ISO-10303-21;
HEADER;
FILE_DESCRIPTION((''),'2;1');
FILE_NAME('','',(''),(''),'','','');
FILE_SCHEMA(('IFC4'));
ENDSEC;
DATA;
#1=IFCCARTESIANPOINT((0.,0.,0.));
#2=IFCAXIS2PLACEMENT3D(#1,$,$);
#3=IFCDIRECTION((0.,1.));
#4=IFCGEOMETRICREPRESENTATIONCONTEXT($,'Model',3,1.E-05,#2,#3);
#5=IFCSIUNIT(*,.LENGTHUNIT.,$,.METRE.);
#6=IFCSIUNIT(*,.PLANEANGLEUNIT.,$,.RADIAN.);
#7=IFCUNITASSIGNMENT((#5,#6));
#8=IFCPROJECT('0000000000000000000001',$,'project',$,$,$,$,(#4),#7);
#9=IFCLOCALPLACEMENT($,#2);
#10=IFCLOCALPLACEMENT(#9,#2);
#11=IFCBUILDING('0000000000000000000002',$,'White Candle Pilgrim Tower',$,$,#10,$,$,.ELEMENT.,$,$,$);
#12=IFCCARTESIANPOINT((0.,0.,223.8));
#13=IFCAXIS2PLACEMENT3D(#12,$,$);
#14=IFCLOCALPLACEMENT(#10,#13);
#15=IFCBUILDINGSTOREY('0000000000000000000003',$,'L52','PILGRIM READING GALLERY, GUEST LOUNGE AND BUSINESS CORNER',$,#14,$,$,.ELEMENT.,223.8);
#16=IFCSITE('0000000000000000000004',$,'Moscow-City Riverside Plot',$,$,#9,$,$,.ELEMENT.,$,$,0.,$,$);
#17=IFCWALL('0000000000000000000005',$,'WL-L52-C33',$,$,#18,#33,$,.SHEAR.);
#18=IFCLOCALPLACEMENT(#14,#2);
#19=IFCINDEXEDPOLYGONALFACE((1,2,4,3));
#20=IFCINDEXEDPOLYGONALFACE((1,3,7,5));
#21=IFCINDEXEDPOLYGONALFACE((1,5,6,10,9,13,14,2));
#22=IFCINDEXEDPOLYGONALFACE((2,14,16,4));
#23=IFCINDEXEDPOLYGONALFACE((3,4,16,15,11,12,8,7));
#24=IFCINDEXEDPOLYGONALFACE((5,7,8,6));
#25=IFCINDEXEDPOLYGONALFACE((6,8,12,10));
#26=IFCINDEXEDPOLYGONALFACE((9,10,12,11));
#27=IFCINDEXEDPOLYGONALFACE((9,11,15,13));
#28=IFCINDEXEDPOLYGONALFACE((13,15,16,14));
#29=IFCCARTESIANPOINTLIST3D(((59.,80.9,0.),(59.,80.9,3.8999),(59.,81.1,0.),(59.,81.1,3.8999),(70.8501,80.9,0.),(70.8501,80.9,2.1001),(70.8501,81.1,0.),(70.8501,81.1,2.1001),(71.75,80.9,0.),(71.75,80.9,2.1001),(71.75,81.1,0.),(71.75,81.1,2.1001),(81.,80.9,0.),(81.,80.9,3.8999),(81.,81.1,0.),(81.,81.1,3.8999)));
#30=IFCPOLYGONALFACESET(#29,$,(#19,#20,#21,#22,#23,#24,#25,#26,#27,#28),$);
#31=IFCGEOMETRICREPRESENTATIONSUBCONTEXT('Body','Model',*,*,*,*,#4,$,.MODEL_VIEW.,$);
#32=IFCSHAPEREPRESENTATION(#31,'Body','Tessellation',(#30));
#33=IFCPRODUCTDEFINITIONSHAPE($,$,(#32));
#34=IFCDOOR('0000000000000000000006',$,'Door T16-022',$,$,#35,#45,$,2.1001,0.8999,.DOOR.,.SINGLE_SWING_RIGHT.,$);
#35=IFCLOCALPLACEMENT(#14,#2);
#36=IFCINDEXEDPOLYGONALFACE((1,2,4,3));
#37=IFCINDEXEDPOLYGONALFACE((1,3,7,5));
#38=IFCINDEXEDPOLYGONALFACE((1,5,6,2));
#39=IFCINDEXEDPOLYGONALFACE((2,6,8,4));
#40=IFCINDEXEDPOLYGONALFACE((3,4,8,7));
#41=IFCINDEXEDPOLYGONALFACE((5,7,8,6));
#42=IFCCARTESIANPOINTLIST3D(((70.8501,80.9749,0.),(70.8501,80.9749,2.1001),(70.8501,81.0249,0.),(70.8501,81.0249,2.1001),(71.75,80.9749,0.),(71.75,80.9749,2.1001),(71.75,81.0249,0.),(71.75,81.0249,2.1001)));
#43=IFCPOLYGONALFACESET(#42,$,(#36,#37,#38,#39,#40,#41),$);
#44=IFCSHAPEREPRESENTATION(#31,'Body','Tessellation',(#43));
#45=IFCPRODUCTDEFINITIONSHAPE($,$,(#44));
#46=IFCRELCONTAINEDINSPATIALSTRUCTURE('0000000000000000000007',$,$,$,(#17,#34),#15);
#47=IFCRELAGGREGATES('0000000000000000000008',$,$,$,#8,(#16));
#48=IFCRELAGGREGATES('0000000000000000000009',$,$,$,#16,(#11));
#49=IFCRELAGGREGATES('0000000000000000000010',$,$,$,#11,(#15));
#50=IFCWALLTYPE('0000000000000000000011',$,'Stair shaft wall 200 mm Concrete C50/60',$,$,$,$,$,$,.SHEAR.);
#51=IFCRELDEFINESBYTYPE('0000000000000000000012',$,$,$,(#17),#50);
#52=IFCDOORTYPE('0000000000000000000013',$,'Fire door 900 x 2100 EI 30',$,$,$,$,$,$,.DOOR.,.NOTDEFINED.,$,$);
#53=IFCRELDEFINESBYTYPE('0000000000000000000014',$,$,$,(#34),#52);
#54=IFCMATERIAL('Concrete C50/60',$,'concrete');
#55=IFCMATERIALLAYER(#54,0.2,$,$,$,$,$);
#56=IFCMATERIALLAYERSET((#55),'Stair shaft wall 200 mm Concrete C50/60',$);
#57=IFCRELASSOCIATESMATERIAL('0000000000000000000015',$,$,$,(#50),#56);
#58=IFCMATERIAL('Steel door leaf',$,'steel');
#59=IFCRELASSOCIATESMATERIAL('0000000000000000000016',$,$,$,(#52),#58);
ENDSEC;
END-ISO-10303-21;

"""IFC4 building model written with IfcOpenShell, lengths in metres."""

from ifc_helpers import new_model, si_unit, direction, frame, frame_2d, origin, place, context, subcontext, project, spatial, rectangle, extrude, material, layer, layer_set, type_object, element, fill, save


model = new_model("IFC4")

# Units and contexts
model_context = context("Model", 3, precision=1e-05, world=origin(), true_north=direction((0.0, 1.0)))
body_context = subcontext(model_context, "Body", "Model", "MODEL_VIEW")
ifc_project = project(units=[si_unit("LENGTHUNIT", "METRE"), si_unit("PLANEANGLEUNIT", "RADIAN")], contexts=[model_context])

# Site, building, storey
site_placement = place(None, origin())
site = spatial("IfcSite", under=ifc_project, at=site_placement, Name="Moscow-City Riverside Plot", CompositionType="ELEMENT", RefElevation=0.0)
building_placement = place(site_placement, origin())
building = spatial("IfcBuilding", under=site, at=building_placement, Name="White Candle Pilgrim Tower", CompositionType="ELEMENT")
storey_placement = place(building_placement, frame((0.0, 0.0, 223.8)))
storey = spatial("IfcBuildingStorey", under=building, at=storey_placement, Name="L52", Description="PILGRIM READING GALLERY, GUEST LOUNGE AND BUSINESS CORNER", CompositionType="ELEMENT", Elevation=223.8)

# Shared definitions
ifc_material_1 = material(Name="Concrete C50/60", Category="concrete")

# Wall, opening, door
ifc_layer_1 = layer(ifc_material_1, 0.2)
ifc_layer_set_1 = layer_set([ifc_layer_1], Name="Stair shaft wall 200 mm Concrete C50/60")
wall_type_1 = type_object("IfcWallType", Name="Stair shaft wall 200 mm Concrete C50/60", PredefinedType="SHEAR", material=ifc_layer_set_1)
wall_1_placement = place(storey_placement, frame((59.0, 81.0, 0.0), z_axis=(0.0, 0.0, 1.0), x_axis=(1.0, 0.0, 0.0)))
wall_1 = element("IfcWall", 1, at=wall_1_placement, inside=storey, type_object=wall_type_1, Name="WL-L52-C33", PredefinedType="SHEAR", context=body_context, shape_type="SweptSolid", body=[
    extrude(rectangle(XDim=22.0, YDim=0.2, at=frame_2d((11.0, 0.0))), origin(), (0.0, 0.0, 1.0), 3.8999),
])
opening_1_placement = place(wall_1_placement, frame((11.8501, 0.0, 0.0)))
opening_1 = element("IfcOpeningElement", 2, at=opening_1_placement, cuts=wall_1, PredefinedType="OPENING", context=body_context, shape_type="SweptSolid", body=[
    extrude(rectangle(XDim=0.8999, YDim=2.1001, at=frame_2d((0.45, 1.05))), frame((0.0, 0.1099, 0.0), z_axis=(0.0, -1.0, 0.0), x_axis=(1.0, 0.0, 0.0)), (0.0, 0.0, 1.0), 0.22),
])
ifc_material_2 = material(Name="Steel door leaf", Category="steel")
door_type_1 = type_object("IfcDoorType", Name="Fire door 900 x 2100 EI 30", OperationType="NOTDEFINED", PredefinedType="DOOR", material=ifc_material_2)
door_1_placement = place(opening_1_placement, origin())
door_1 = element("IfcDoor", 3, at=door_1_placement, inside=storey, type_object=door_type_1, Name="Door T16-022", OperationType="SINGLE_SWING_RIGHT", OverallHeight=2.1001, OverallWidth=0.8999, PredefinedType="DOOR", context=body_context, shape_type="SweptSolid", body=[
    extrude(rectangle(XDim=0.8999, YDim=2.1001, at=frame_2d((0.45, 1.05))), frame((0.0, 0.0249, 0.0), z_axis=(0.0, -1.0, 0.0), x_axis=(1.0, 0.0, 0.0)), (0.0, 0.0, 1.0), 0.05),
])
fill(opening_1, door_1)

save(model, "model.ifc")
